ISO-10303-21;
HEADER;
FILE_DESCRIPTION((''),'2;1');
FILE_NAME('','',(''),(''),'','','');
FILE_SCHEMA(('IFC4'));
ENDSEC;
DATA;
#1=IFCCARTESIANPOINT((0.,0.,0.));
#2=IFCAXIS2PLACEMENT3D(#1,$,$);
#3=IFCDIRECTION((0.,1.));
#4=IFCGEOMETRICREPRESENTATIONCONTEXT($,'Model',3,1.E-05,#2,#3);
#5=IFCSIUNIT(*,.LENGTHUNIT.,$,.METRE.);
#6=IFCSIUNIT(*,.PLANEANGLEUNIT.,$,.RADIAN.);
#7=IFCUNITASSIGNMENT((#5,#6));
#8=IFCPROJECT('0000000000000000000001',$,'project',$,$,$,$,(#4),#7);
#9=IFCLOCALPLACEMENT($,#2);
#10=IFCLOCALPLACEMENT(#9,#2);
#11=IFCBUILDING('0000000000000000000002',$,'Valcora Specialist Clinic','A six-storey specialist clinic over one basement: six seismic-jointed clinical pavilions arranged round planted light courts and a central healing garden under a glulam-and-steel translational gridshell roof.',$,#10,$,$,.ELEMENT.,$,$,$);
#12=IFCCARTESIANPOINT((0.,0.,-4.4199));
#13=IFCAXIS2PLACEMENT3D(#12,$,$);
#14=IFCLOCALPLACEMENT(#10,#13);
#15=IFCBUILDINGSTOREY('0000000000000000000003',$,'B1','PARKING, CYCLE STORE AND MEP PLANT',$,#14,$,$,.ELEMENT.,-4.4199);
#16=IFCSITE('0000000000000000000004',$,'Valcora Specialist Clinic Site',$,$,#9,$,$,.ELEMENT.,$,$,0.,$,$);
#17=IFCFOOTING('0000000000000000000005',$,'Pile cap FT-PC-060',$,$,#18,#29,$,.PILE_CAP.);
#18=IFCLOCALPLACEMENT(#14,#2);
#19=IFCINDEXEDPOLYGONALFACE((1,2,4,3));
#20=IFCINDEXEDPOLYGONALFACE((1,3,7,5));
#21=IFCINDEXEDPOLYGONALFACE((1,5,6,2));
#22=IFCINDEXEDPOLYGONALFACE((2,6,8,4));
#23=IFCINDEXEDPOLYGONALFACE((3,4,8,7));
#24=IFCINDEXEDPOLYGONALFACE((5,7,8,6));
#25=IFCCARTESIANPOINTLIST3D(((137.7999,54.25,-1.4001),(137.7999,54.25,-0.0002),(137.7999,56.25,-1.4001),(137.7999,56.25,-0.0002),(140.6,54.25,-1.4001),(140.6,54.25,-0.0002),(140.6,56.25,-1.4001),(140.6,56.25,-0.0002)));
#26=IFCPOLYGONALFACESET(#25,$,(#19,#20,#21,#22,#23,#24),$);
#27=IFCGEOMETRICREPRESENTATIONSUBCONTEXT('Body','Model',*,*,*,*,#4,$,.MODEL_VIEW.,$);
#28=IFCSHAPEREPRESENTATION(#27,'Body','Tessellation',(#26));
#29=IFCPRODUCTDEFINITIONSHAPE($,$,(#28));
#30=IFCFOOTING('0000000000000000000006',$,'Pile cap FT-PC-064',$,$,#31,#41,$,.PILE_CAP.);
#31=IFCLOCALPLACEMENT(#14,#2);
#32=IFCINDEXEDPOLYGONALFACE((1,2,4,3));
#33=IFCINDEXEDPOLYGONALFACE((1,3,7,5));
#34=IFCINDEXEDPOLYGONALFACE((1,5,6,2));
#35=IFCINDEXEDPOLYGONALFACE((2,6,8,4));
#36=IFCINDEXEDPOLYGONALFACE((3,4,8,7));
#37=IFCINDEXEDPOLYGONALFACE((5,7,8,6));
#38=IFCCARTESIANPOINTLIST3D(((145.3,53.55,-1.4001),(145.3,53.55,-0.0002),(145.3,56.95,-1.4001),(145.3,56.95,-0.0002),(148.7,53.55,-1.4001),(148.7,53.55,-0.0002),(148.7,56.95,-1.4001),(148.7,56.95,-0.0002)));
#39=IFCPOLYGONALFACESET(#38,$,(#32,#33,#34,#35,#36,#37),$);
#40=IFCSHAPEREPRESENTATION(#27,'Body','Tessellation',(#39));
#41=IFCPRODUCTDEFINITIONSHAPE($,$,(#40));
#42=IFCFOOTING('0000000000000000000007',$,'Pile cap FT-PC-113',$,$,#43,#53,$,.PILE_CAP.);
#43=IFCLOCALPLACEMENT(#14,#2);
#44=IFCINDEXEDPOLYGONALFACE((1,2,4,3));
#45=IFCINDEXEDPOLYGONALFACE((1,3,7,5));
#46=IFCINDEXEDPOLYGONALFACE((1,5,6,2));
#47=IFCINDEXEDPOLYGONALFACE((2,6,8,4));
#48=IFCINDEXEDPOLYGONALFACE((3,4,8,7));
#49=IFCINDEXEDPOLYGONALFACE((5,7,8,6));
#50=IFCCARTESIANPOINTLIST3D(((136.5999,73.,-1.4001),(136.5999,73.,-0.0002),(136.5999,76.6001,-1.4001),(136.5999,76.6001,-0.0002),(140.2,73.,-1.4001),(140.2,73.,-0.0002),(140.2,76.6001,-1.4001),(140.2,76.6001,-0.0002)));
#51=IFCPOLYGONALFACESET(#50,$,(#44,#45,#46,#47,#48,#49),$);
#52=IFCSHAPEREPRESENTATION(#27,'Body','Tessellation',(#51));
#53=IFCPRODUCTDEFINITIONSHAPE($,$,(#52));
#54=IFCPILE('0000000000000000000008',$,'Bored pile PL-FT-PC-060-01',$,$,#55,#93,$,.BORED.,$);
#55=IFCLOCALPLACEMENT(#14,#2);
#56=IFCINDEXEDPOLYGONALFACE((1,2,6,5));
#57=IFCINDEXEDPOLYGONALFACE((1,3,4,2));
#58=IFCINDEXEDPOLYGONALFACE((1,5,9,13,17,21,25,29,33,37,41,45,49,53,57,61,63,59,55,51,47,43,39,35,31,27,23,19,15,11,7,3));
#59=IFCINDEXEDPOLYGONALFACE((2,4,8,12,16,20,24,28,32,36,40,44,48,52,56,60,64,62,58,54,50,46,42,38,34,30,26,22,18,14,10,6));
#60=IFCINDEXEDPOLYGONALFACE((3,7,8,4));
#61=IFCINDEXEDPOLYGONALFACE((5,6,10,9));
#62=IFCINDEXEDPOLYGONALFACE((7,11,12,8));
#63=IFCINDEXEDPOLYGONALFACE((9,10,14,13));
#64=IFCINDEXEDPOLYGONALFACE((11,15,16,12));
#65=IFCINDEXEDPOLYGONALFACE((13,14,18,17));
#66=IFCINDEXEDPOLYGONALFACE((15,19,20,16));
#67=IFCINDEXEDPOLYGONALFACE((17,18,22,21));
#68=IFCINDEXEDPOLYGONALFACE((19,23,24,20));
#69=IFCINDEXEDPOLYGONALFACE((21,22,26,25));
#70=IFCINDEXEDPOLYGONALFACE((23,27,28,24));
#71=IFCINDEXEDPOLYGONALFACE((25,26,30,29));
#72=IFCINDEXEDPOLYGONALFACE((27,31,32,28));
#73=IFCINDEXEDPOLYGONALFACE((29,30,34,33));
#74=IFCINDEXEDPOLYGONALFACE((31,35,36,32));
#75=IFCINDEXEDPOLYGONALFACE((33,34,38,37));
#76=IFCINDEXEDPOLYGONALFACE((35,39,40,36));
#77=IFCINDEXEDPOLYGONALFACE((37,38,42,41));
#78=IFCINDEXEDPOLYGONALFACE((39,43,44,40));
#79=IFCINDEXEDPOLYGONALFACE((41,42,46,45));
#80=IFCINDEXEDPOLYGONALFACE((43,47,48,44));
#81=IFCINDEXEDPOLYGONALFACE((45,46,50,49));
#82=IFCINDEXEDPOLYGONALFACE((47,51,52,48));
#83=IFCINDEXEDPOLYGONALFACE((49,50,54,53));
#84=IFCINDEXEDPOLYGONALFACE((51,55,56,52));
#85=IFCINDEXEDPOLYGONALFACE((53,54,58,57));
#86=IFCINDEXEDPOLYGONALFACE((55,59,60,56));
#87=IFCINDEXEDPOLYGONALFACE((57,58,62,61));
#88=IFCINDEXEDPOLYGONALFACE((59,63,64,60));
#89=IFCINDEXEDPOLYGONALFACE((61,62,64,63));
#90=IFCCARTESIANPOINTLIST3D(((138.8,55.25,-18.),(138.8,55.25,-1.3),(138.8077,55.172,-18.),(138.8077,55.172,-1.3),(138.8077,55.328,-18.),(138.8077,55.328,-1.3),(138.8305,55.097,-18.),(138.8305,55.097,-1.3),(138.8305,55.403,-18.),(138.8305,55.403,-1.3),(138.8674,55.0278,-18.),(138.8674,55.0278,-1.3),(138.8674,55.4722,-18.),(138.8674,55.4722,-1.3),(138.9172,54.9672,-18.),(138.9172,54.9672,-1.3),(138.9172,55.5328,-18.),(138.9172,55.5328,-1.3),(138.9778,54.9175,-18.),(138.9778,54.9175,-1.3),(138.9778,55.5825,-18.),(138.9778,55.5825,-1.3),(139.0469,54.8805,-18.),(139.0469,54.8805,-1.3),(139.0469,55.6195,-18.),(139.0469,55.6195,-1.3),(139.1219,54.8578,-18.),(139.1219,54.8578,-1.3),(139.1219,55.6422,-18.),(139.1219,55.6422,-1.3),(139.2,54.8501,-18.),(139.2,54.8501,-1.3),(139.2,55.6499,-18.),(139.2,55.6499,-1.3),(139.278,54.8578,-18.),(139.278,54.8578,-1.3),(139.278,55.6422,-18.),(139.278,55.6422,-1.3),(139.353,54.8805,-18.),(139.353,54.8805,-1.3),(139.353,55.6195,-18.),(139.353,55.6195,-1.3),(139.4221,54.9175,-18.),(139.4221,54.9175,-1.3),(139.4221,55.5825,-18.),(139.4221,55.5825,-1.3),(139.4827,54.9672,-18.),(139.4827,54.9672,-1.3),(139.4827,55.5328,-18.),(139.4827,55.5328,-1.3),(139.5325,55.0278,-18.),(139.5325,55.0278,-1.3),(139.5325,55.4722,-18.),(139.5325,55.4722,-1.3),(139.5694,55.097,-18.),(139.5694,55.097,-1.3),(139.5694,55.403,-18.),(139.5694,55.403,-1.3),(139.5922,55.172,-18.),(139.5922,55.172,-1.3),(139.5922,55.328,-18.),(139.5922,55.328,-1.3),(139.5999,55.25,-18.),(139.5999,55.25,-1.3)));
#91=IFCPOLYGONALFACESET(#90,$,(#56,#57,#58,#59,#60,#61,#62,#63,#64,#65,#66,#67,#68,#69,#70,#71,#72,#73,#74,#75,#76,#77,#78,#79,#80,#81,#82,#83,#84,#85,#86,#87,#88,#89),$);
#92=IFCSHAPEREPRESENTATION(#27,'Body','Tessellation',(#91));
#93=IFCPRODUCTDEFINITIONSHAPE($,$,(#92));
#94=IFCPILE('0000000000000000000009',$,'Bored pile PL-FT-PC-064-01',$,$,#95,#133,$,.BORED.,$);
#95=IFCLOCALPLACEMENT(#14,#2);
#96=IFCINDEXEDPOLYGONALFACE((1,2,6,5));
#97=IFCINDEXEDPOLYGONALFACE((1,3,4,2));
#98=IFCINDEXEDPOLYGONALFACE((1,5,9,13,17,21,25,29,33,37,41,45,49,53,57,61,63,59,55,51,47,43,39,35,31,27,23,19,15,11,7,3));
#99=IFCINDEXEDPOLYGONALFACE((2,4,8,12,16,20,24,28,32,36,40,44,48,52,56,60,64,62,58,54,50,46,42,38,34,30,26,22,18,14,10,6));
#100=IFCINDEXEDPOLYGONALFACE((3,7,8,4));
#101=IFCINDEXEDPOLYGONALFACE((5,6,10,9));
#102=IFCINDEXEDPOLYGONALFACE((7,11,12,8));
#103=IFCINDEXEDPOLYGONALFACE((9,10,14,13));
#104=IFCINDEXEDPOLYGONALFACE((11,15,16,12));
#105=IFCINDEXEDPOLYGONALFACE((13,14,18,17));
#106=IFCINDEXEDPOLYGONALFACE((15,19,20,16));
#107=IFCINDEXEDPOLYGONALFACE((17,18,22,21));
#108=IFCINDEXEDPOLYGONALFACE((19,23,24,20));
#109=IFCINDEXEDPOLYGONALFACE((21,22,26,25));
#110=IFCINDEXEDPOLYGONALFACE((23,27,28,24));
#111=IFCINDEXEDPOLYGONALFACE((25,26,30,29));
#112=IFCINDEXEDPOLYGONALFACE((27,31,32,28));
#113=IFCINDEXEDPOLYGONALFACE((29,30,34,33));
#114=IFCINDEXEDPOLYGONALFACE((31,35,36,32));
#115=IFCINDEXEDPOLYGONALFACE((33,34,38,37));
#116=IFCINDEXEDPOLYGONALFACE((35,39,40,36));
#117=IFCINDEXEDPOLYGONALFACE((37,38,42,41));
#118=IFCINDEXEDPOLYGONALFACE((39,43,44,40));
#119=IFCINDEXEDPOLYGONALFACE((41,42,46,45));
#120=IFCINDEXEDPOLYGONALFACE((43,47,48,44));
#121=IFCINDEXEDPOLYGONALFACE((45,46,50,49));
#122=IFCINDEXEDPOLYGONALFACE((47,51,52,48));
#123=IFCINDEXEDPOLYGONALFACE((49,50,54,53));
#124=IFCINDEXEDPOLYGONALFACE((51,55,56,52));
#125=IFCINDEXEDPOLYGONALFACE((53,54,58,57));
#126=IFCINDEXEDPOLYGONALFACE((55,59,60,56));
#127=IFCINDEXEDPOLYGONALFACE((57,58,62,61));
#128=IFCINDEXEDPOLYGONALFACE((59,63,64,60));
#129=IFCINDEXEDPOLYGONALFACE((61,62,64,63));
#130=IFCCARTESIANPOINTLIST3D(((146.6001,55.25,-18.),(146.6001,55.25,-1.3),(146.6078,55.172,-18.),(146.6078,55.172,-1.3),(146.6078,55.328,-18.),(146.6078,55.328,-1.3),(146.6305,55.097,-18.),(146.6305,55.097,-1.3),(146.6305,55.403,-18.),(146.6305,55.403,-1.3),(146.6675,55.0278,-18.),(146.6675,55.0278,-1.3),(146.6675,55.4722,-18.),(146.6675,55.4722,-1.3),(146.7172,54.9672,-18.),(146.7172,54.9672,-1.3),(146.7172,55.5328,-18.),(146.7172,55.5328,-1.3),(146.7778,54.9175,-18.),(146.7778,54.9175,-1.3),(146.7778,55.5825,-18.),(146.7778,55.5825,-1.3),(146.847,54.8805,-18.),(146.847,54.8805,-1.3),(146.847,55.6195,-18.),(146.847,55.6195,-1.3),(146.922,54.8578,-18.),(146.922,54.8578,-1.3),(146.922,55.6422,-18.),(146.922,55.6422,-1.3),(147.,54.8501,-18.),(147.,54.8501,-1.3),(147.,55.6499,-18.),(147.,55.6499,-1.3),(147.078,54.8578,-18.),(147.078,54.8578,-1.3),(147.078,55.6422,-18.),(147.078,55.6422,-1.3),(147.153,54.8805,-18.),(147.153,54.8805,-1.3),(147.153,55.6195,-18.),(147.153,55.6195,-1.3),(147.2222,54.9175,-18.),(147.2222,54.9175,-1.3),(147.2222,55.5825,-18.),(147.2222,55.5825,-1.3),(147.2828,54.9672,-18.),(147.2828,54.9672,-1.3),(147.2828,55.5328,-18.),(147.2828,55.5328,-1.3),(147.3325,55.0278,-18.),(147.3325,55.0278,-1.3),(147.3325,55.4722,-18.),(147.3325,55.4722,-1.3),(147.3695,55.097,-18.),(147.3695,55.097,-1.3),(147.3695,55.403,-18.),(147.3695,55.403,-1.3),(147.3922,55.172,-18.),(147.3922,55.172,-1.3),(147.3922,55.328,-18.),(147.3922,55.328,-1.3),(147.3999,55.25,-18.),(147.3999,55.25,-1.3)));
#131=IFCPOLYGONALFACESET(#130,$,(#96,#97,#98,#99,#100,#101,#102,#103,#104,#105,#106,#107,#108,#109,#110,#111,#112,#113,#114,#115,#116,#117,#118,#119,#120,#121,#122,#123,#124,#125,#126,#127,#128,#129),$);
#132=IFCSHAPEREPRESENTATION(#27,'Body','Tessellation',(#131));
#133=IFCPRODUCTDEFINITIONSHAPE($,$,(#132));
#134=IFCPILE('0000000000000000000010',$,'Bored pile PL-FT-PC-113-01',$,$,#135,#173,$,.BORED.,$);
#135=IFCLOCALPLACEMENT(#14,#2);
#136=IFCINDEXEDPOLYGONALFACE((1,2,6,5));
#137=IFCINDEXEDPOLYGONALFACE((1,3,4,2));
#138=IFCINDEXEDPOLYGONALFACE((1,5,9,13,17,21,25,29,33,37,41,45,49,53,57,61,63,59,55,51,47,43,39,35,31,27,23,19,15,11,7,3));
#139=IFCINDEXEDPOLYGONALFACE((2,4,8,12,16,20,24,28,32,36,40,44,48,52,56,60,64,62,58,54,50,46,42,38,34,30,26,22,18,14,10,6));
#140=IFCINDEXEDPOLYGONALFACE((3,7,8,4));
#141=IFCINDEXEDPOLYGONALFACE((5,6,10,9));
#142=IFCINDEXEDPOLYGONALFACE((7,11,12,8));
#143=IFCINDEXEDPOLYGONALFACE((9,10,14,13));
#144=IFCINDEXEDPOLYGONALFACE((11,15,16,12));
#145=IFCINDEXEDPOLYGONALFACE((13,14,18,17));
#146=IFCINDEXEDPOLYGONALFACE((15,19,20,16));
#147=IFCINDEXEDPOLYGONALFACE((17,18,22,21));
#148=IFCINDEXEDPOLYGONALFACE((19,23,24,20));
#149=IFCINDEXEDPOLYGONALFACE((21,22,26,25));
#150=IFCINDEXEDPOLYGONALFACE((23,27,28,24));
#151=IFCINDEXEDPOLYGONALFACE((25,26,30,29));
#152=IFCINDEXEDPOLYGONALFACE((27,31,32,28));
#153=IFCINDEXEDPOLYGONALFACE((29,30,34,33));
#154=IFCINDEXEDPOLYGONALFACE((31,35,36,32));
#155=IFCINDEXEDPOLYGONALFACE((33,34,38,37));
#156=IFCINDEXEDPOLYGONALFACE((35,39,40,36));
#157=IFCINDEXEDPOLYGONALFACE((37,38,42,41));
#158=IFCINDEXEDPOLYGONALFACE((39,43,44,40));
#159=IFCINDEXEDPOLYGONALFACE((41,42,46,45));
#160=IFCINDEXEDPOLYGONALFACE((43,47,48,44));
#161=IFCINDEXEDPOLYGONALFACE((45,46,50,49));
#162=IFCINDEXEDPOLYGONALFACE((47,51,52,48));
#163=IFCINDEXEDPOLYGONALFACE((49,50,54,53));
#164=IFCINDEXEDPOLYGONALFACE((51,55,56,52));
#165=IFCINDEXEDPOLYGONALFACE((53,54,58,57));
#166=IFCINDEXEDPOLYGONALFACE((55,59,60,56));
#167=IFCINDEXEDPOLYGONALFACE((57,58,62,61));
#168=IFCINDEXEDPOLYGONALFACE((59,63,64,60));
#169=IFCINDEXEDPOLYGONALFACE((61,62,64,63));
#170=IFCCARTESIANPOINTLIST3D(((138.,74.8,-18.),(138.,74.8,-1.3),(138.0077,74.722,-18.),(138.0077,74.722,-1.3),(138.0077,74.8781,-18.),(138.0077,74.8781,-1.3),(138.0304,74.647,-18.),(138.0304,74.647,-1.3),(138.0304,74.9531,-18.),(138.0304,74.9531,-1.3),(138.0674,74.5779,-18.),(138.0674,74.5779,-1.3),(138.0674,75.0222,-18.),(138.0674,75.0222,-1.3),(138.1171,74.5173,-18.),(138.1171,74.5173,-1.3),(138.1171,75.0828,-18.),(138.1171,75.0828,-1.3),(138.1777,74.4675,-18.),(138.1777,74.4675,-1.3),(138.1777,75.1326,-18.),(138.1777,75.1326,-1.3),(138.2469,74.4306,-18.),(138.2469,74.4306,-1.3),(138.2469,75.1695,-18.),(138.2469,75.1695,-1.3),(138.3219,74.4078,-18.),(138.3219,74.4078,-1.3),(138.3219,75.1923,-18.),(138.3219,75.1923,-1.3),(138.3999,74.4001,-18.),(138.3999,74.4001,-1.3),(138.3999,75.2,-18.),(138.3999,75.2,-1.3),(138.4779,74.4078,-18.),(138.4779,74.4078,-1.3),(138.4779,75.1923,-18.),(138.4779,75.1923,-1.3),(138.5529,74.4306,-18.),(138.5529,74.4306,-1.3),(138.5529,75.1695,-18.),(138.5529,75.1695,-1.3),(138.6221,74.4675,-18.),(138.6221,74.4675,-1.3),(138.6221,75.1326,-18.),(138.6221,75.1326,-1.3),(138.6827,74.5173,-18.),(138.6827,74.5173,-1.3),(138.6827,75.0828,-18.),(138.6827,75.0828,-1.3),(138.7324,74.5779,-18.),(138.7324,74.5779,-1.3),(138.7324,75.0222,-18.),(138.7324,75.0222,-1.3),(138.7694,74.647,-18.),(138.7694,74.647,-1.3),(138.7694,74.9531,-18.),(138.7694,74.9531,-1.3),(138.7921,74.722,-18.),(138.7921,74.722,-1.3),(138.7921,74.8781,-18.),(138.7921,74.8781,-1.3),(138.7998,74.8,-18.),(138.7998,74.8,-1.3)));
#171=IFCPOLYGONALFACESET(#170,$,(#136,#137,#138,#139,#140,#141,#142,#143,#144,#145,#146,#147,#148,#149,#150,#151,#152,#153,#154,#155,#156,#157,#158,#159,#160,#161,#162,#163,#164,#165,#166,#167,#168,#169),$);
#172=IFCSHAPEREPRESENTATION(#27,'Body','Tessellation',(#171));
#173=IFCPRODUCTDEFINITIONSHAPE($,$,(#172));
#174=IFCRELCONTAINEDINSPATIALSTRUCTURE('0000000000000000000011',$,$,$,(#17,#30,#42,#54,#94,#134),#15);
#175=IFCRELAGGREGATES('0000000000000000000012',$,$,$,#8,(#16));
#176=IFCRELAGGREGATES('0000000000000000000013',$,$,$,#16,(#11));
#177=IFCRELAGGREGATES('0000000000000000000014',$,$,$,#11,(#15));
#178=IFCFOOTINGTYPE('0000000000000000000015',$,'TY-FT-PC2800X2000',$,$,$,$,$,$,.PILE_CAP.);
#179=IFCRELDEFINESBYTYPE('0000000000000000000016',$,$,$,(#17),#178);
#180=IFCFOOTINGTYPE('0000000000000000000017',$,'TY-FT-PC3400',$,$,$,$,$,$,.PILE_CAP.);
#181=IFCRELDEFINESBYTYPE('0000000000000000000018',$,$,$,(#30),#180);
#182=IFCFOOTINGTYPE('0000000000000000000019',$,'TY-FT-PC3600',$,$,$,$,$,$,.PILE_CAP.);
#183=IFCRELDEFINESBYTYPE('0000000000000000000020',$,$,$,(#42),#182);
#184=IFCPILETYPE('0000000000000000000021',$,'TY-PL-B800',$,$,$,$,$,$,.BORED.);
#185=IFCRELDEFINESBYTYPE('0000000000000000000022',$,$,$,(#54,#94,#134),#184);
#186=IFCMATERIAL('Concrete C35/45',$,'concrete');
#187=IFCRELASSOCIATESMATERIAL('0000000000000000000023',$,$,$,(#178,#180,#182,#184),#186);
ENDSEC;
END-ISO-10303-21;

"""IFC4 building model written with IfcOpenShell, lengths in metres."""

from ifc_helpers import new_model, si_unit, direction, frame, origin, origin_2d, place, context, subcontext, project, spatial, rectangle, circle, extrude, material, material_profile, profile_set, type_object, element, save


model = new_model("IFC4")

# Units and contexts
model_context = context("Model", 3, precision=1e-05, world=origin(), true_north=direction((0.0, 1.0)))
body_context = subcontext(model_context, "Body", "Model", "MODEL_VIEW")
ifc_project = project(units=[si_unit("LENGTHUNIT", "METRE"), si_unit("PLANEANGLEUNIT", "RADIAN")], contexts=[model_context])

# Site, building, storey
site_placement = place(None, origin())
site = spatial("IfcSite", under=ifc_project, at=site_placement, Name="Valcora Specialist Clinic Site", CompositionType="ELEMENT", RefElevation=0.0)
building_placement = place(site_placement, origin())
building = spatial("IfcBuilding", under=site, at=building_placement, Name="Valcora Specialist Clinic", Description="A six-storey specialist clinic over one basement: six seismic-jointed clinical pavilions arranged round planted light courts and a central healing garden under a glulam-and-steel translational gridshell roof.", CompositionType="ELEMENT")
storey_placement = place(building_placement, frame((0.0, 0.0, -4.4199)))
storey = spatial("IfcBuildingStorey", under=building, at=storey_placement, Name="B1", Description="PARKING, CYCLE STORE AND MEP PLANT", CompositionType="ELEMENT", Elevation=-4.4199)

# Footings
ifc_material_1 = material(Name="Concrete C35/45", Category="concrete")
footing_type_1 = type_object("IfcFootingType", Name="TY-FT-PC2800X2000", PredefinedType="PILE_CAP", material=ifc_material_1)
footing_1_placement = place(storey_placement, frame((139.2, 55.25, -1.4001), z_axis=(0.0, 0.0, 1.0), x_axis=(1.0, 0.0, 0.0)))
element("IfcFooting", 1, at=footing_1_placement, inside=storey, type_object=footing_type_1, Name="Pile cap FT-PC-060", PredefinedType="PILE_CAP", context=body_context, shape_type="SweptSolid", body=[
    extrude(rectangle(XDim=2.8, YDim=2.0, at=origin_2d()), origin(), (0.0, 0.0, 1.0), 1.3999),
])
footing_type_2 = type_object("IfcFootingType", Name="TY-FT-PC3400", PredefinedType="PILE_CAP", material=ifc_material_1)
footing_2_placement = place(storey_placement, frame((147.0, 55.25, -1.4001), z_axis=(0.0, 0.0, 1.0), x_axis=(1.0, 0.0, 0.0)))
element("IfcFooting", 2, at=footing_2_placement, inside=storey, type_object=footing_type_2, Name="Pile cap FT-PC-064", PredefinedType="PILE_CAP", context=body_context, shape_type="SweptSolid", body=[
    extrude(rectangle(XDim=3.3999, YDim=3.3999, at=origin_2d()), origin(), (0.0, 0.0, 1.0), 1.3999),
])
footing_type_3 = type_object("IfcFootingType", Name="TY-FT-PC3600", PredefinedType="PILE_CAP", material=ifc_material_1)
footing_3_placement = place(storey_placement, frame((138.3999, 74.8, -1.4001), z_axis=(0.0, 0.0, 1.0), x_axis=(1.0, 0.0, 0.0)))
element("IfcFooting", 3, at=footing_3_placement, inside=storey, type_object=footing_type_3, Name="Pile cap FT-PC-113", PredefinedType="PILE_CAP", context=body_context, shape_type="SweptSolid", body=[
    extrude(rectangle(XDim=3.6001, YDim=3.6001, at=origin_2d()), origin(), (0.0, 0.0, 1.0), 1.3999),
])

# Piles
ifc_material_profile_1 = material_profile(ifc_material_1, circle(Radius=0.3999, at=origin_2d()), Name="RC-PIL-D800")
ifc_profile_set_1 = profile_set([ifc_material_profile_1], Name="Concrete C35/45")
pile_type_1 = type_object("IfcPileType", Name="TY-PL-B800", PredefinedType="BORED", material=ifc_profile_set_1)
for number, where, z_axis, x_axis, name in (
    (4, (139.2, 55.25, -1.3), (0.0, 0.0, -1.0), (1.0, 0.0, 0.0), "Bored pile PL-FT-PC-060-01"),
    (5, (147.0, 55.25, -1.3), (0.0, 0.0, -1.0), (1.0, 0.0, 0.0), "Bored pile PL-FT-PC-064-01"),
    (6, (138.3999, 74.8, -1.3), (0.0, 0.0, -1.0), (1.0, 0.0, 0.0), "Bored pile PL-FT-PC-113-01"),
):
    element("IfcPile", number, at=place(storey_placement, frame(where, z_axis=z_axis, x_axis=x_axis)), inside=storey, type_object=pile_type_1, Name=name, PredefinedType="BORED", context=body_context, shape_type="SweptSolid", body=[
        extrude(circle(Radius=0.3999, at=origin_2d()), origin(), (0.0, 0.0, 1.0), 16.7),
    ])

save(model, "model.ifc")
